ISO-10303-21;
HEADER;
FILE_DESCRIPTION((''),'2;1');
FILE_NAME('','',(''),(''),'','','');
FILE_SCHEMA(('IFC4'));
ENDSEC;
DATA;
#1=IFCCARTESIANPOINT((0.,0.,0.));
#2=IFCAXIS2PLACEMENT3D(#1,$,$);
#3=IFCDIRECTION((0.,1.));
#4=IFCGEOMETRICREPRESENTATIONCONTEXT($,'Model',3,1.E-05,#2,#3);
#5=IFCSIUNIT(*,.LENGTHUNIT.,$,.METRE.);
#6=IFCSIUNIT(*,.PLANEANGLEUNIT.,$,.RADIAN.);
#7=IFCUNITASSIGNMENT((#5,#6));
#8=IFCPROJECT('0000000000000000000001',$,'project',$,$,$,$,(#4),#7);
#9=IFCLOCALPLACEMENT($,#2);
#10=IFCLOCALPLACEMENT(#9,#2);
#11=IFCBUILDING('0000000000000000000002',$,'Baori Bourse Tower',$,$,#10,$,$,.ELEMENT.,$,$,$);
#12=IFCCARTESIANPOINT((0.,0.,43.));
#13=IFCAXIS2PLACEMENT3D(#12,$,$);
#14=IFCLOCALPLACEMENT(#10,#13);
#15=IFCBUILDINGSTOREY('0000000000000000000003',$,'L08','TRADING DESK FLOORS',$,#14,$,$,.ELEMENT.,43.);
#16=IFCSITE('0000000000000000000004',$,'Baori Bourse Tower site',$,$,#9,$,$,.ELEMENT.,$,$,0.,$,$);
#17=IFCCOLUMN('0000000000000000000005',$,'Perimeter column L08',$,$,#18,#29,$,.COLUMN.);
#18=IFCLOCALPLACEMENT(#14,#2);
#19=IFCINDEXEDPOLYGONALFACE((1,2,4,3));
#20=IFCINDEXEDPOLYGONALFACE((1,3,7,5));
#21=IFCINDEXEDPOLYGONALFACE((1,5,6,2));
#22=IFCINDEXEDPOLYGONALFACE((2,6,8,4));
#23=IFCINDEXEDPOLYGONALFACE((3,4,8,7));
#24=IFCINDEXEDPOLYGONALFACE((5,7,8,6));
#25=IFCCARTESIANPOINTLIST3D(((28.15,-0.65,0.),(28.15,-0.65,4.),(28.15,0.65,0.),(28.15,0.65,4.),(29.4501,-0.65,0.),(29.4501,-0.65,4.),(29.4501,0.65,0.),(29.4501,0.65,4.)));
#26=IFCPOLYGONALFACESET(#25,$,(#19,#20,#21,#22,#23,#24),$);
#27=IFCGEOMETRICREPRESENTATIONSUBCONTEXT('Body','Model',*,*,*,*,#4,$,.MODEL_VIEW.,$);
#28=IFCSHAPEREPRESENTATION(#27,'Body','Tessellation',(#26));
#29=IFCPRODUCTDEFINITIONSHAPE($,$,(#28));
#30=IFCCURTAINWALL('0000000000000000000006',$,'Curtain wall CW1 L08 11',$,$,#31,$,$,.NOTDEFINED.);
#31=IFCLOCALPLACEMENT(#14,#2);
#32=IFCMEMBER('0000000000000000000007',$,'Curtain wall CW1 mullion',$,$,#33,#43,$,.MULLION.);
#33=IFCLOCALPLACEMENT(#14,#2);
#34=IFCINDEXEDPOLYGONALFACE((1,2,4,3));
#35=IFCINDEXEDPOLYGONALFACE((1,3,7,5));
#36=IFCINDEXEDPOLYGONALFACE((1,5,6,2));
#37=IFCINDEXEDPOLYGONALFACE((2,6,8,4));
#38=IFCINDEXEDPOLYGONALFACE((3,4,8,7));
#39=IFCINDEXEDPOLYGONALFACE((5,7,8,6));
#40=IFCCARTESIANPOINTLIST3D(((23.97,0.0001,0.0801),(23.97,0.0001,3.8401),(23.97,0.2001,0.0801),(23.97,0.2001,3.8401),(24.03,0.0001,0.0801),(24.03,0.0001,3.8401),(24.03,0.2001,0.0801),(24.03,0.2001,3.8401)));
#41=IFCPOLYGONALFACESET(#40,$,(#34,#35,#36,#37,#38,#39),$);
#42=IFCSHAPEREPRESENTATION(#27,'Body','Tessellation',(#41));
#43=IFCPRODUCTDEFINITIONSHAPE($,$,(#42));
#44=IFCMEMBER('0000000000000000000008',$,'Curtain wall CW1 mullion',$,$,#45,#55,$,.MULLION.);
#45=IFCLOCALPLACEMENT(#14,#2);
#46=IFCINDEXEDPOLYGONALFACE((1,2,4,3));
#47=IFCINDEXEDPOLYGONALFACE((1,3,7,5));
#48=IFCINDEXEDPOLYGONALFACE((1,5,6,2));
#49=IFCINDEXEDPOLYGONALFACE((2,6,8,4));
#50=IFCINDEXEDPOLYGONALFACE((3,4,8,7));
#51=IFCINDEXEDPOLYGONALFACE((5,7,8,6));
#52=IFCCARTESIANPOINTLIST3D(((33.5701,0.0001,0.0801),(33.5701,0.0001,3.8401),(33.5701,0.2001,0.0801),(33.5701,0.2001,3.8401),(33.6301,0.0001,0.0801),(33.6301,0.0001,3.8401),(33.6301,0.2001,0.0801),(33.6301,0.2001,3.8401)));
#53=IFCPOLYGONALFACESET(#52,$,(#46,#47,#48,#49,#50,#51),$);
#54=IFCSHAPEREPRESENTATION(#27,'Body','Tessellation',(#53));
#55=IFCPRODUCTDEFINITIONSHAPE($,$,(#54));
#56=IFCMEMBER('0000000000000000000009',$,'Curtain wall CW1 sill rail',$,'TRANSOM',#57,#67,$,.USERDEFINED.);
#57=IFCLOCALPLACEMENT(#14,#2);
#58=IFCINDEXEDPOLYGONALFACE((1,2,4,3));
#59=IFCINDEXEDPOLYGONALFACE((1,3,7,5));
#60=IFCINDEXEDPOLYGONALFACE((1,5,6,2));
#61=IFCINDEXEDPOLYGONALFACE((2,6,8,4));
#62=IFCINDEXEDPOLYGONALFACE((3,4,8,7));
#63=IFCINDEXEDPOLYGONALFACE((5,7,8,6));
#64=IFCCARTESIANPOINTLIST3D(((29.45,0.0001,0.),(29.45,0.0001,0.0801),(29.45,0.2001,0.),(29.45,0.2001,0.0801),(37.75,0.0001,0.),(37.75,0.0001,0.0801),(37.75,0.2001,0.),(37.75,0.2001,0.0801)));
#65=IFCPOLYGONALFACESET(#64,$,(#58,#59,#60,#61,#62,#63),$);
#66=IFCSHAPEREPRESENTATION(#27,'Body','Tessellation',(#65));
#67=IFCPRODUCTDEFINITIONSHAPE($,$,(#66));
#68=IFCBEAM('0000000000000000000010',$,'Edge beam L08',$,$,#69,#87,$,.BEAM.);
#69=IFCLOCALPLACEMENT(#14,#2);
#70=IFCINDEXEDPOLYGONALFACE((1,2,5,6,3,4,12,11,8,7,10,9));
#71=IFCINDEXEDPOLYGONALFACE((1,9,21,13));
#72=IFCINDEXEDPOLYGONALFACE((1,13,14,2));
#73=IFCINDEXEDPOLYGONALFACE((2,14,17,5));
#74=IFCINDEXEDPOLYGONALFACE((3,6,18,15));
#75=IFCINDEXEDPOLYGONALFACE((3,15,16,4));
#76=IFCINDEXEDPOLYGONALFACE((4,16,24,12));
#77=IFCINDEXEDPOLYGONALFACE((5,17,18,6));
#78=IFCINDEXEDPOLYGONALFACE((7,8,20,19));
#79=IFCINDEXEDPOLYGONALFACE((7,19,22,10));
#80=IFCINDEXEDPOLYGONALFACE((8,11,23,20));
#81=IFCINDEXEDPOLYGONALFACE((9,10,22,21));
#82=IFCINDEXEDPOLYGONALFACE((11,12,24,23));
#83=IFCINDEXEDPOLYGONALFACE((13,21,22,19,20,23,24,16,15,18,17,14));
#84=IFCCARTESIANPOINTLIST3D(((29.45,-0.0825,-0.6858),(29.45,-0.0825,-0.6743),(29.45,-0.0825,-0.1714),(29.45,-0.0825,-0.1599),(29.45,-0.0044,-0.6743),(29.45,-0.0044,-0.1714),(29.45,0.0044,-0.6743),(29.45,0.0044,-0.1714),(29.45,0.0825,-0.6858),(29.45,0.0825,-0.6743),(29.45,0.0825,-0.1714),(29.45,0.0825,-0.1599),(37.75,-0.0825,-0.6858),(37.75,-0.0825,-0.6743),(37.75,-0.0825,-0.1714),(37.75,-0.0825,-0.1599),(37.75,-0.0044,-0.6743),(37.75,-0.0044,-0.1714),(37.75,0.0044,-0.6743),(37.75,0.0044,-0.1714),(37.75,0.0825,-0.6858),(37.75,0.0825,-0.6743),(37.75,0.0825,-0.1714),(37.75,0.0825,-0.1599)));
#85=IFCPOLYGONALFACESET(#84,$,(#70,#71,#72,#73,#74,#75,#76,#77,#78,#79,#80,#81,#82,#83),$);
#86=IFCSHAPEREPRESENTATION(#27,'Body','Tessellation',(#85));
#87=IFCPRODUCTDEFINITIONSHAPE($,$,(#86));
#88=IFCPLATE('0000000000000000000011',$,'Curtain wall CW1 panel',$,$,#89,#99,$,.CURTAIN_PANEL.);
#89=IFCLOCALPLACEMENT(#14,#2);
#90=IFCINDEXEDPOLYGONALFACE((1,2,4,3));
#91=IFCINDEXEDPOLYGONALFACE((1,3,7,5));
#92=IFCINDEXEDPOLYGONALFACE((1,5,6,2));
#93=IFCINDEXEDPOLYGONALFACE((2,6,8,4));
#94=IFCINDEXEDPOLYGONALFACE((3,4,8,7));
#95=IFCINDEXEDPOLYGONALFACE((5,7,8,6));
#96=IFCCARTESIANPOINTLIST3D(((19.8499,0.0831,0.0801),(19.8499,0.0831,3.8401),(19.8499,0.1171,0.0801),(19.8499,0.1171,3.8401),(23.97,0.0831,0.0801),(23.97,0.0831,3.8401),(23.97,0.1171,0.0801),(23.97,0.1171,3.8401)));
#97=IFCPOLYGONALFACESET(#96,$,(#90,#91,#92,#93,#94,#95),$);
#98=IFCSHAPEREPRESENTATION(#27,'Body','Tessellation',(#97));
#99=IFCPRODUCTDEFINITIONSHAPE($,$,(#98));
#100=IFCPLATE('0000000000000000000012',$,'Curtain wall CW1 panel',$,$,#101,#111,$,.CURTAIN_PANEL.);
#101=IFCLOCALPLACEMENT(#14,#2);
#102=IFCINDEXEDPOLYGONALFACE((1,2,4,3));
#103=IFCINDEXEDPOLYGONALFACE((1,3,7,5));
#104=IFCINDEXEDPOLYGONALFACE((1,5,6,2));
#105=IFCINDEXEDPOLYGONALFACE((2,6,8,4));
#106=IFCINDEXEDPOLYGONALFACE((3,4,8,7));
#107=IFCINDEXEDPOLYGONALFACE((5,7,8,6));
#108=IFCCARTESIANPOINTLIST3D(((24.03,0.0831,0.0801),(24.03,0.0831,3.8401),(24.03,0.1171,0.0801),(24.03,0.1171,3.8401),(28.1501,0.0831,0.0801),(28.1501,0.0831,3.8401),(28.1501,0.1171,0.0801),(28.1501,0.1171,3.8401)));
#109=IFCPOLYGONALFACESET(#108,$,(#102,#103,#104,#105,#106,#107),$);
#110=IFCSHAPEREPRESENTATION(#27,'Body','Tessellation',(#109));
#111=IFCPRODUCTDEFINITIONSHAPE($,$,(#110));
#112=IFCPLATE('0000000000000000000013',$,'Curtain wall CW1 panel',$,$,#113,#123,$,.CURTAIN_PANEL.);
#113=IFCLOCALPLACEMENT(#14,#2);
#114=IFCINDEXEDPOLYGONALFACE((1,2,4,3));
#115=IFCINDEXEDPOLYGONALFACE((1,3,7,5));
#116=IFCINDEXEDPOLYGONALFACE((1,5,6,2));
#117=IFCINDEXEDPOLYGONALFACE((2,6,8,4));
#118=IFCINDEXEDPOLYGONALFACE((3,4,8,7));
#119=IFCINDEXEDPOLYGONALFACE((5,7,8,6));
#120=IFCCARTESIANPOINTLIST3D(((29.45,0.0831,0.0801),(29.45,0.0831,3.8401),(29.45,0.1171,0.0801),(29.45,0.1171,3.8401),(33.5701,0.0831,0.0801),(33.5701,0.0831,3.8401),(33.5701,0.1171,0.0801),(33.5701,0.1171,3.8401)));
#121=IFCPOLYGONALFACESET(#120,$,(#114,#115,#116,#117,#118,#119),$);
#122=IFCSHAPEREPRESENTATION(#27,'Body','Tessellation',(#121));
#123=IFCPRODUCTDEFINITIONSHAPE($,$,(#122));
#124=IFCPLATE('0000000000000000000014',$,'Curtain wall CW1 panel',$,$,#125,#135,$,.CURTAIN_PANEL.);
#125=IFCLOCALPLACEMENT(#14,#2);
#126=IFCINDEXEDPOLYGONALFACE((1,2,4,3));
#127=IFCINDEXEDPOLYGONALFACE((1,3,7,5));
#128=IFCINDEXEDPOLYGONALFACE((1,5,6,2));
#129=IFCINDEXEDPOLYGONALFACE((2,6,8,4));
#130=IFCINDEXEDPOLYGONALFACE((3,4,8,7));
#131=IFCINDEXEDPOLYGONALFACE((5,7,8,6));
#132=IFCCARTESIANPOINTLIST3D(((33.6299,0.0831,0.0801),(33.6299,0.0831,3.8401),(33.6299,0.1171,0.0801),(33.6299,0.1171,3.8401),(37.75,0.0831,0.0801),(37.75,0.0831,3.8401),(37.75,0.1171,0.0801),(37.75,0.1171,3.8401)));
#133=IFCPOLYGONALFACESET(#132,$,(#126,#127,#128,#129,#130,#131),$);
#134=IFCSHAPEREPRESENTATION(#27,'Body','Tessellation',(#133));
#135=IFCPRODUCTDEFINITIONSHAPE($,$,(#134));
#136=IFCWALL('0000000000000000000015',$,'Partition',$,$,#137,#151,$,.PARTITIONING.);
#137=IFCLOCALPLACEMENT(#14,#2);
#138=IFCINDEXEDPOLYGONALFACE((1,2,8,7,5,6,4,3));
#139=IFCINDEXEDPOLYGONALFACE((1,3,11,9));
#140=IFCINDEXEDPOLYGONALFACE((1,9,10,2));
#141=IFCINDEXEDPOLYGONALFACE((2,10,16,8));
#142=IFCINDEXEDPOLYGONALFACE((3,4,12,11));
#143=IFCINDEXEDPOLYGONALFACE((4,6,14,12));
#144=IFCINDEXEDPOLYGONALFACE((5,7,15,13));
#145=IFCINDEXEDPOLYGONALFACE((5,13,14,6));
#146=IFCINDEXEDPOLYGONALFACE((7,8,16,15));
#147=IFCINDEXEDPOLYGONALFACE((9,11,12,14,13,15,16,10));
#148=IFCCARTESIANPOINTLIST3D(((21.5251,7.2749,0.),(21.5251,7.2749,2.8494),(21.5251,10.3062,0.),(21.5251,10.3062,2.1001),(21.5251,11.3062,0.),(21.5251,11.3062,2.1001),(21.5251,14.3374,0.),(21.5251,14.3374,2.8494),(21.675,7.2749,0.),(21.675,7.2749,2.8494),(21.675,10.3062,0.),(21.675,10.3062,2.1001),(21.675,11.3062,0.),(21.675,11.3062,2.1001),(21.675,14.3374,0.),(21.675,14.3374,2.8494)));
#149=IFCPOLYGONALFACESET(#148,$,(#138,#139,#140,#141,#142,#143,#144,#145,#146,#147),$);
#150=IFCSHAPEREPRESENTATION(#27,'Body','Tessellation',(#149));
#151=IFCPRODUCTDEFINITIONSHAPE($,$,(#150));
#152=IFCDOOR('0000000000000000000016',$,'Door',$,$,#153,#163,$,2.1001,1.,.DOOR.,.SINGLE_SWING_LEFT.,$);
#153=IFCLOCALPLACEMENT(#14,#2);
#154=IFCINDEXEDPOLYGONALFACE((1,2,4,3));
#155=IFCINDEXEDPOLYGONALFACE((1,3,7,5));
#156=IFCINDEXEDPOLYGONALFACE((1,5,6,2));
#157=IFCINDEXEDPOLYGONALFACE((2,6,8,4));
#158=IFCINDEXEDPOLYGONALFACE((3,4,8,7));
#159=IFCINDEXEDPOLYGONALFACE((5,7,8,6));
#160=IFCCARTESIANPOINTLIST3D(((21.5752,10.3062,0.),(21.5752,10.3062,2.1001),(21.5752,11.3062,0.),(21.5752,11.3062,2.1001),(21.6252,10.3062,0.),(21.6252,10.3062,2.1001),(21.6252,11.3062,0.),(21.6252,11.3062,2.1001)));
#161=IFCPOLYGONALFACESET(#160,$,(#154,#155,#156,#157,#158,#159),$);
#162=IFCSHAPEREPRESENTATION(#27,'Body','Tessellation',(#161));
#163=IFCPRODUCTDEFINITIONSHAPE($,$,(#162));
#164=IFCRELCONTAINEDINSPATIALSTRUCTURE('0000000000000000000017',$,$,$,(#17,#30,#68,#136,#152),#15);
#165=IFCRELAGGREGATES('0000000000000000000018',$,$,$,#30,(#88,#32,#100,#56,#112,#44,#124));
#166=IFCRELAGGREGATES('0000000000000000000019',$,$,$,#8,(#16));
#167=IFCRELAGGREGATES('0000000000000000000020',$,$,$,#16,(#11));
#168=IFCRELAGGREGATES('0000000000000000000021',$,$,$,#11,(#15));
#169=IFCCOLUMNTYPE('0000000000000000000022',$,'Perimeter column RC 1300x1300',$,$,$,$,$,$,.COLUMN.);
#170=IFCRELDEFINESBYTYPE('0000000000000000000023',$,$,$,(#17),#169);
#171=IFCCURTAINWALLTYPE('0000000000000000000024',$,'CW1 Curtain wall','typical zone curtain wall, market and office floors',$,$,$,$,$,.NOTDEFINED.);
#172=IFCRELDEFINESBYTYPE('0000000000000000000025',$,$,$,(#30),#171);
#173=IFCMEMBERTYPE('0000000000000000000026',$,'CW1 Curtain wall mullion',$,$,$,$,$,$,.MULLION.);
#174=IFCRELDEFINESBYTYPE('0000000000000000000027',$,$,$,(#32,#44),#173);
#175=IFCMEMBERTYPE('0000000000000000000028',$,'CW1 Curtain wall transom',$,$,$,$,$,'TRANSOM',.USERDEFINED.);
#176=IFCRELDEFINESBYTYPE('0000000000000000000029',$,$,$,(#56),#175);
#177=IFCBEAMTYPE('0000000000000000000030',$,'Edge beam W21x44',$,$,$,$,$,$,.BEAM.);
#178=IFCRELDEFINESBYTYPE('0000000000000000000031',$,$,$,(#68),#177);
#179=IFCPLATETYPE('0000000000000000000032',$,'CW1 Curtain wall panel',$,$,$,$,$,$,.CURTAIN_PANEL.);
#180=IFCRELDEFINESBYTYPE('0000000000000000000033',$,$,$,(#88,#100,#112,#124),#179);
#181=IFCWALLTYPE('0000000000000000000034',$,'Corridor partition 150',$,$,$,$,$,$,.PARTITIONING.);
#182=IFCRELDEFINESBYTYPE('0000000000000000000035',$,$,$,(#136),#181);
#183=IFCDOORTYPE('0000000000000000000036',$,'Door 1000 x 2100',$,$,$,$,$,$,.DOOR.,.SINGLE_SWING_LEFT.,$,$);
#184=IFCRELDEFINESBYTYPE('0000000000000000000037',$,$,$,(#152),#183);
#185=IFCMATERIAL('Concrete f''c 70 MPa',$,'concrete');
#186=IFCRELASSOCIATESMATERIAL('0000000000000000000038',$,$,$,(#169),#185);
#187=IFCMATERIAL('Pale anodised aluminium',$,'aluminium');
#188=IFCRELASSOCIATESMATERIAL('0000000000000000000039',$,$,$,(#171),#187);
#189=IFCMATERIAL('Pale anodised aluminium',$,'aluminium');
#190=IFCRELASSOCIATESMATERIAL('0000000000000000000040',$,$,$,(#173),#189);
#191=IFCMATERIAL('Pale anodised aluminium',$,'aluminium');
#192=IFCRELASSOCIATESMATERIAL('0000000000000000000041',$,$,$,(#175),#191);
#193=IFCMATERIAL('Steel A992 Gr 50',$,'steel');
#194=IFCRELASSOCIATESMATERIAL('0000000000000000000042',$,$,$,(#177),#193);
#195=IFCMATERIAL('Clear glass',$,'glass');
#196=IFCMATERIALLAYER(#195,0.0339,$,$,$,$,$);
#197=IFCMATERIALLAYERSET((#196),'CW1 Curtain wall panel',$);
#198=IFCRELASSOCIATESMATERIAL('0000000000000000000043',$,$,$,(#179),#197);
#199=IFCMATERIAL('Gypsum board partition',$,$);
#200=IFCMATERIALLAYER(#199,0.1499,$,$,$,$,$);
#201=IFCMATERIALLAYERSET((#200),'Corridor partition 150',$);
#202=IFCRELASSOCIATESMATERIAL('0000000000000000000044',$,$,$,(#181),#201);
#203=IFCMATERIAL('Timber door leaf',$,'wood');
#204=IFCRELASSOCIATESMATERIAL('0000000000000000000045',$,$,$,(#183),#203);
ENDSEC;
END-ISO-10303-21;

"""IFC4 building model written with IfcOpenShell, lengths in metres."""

from ifc_helpers import new_model, si_unit, direction, frame, frame_2d, origin, origin_2d, place, context, subcontext, project, spatial, rectangle, i_section, extrude, material, layer, layer_set, material_profile, profile_set, type_object, element, fill, aggregate, save


model = new_model("IFC4")

# Units and contexts
model_context = context("Model", 3, precision=1e-05, world=origin(), true_north=direction((0.0, 1.0)))
body_context = subcontext(model_context, "Body", "Model", "MODEL_VIEW")
ifc_project = project(units=[si_unit("LENGTHUNIT", "METRE"), si_unit("PLANEANGLEUNIT", "RADIAN")], contexts=[model_context])

# Site, building, storey
site_placement = place(None, origin())
site = spatial("IfcSite", under=ifc_project, at=site_placement, Name="Baori Bourse Tower site", CompositionType="ELEMENT", RefElevation=0.0)
building_placement = place(site_placement, origin())
building = spatial("IfcBuilding", under=site, at=building_placement, Name="Baori Bourse Tower", CompositionType="ELEMENT")
storey_placement = place(building_placement, frame((0.0, 0.0, 43.0)))
storey = spatial("IfcBuildingStorey", under=building, at=storey_placement, Name="L08", Description="TRADING DESK FLOORS", CompositionType="ELEMENT", Elevation=43.0)

# Column
ifc_material_1 = material(Name="Concrete f'c 70 MPa", Category="concrete")
ifc_material_profile_1 = material_profile(ifc_material_1, rectangle(XDim=1.3, YDim=1.3, at=origin_2d()), Name="RC 1300x1300")
ifc_profile_set_1 = profile_set([ifc_material_profile_1], Name="Concrete f'c 70 MPa")
column_type = type_object("IfcColumnType", Name="Perimeter column RC 1300x1300", PredefinedType="COLUMN", material=ifc_profile_set_1)
column_placement = place(storey_placement, frame((28.8, 0.0, 0.0), z_axis=(0.0, 0.0, 1.0), x_axis=(1.0, 0.0, 0.0)))
element("IfcColumn", 1, at=column_placement, inside=storey, type_object=column_type, Name="Perimeter column L08", PredefinedType="COLUMN", context=body_context, shape_type="SweptSolid", body=[
    extrude(rectangle(XDim=1.3, YDim=1.3, at=origin_2d()), origin(), (0.0, 0.0, 1.0), 4.0),
])

# Curtain wall, members
ifc_material_2 = material(Name="Pale anodised aluminium", Category="aluminium")
curtain_wall_type = type_object("IfcCurtainWallType", Name="CW1 Curtain wall", Description="typical zone curtain wall, market and office floors", PredefinedType="NOTDEFINED", material=ifc_material_2)
curtain_wall_placement = place(storey_placement, origin())
curtain_wall = element("IfcCurtainWall", 2, at=curtain_wall_placement, inside=storey, type_object=curtain_wall_type, Name="Curtain wall CW1 L08 11", PredefinedType="NOTDEFINED")
ifc_material_3 = material(Name="Pale anodised aluminium", Category="aluminium")
ifc_material_profile_2 = material_profile(ifc_material_3, rectangle(XDim=0.2, YDim=0.0601, at=origin_2d()), Name="Mullion 60x200")
ifc_profile_set_2 = profile_set([ifc_material_profile_2], Name="Pale anodised aluminium")
member_type_1 = type_object("IfcMemberType", Name="CW1 Curtain wall mullion", PredefinedType="MULLION", material=ifc_profile_set_2)
member_1_placement = place(storey_placement, frame((24.0, 0.1001, 0.0801), z_axis=(0.0, 0.0, 1.0), x_axis=(0.0, 1.0, 0.0)))
member_1 = element("IfcMember", 3, at=member_1_placement, type_object=member_type_1, Name="Curtain wall CW1 mullion", PredefinedType="MULLION", context=body_context, shape_type="SweptSolid", body=[
    extrude(rectangle(XDim=0.2, YDim=0.0601, at=origin_2d()), origin(), (0.0, 0.0, 1.0), 3.76),
])
member_2_placement = place(storey_placement, frame((33.6001, 0.1001, 0.0801), z_axis=(0.0, 0.0, 1.0), x_axis=(0.0, 1.0, 0.0)))
member_2 = element("IfcMember", 4, at=member_2_placement, type_object=member_type_1, Name="Curtain wall CW1 mullion", PredefinedType="MULLION", context=body_context, shape_type="SweptSolid", body=[
    extrude(rectangle(XDim=0.2, YDim=0.0601, at=origin_2d()), origin(), (0.0, 0.0, 1.0), 3.76),
])
ifc_material_4 = material(Name="Pale anodised aluminium", Category="aluminium")
ifc_material_profile_3 = material_profile(ifc_material_4, rectangle(XDim=0.2, YDim=0.0801, at=origin_2d()), Name="Transom 80x200")
ifc_profile_set_3 = profile_set([ifc_material_profile_3], Name="Pale anodised aluminium")
member_type_2 = type_object("IfcMemberType", Name="CW1 Curtain wall transom", ElementType="TRANSOM", PredefinedType="USERDEFINED", material=ifc_profile_set_3)
member_3_placement = place(storey_placement, frame((29.45, 0.1001, 0.04), z_axis=(1.0, 0.0, 0.0), x_axis=(0.0, 1.0, 0.0)))
member_3 = element("IfcMember", 5, at=member_3_placement, type_object=member_type_2, Name="Curtain wall CW1 sill rail", ObjectType="TRANSOM", PredefinedType="USERDEFINED", context=body_context, shape_type="SweptSolid", body=[
    extrude(rectangle(XDim=0.2, YDim=0.0801, at=origin_2d()), origin(), (0.0, 0.0, 1.0), 8.3),
])

# Beam
ifc_material_5 = material(Name="Steel A992 Gr 50", Category="steel")
ifc_material_profile_4 = material_profile(ifc_material_5, i_section(OverallWidth=0.165, OverallDepth=0.5259, WebThickness=0.0088, FlangeThickness=0.0115, at=origin_2d()), Name="W21x44")
ifc_profile_set_4 = profile_set([ifc_material_profile_4], Name="Steel A992 Gr 50")
beam_type = type_object("IfcBeamType", Name="Edge beam W21x44", PredefinedType="BEAM", material=ifc_profile_set_4)
beam_placement = place(storey_placement, frame((29.45, 0.0, -0.4229), z_axis=(1.0, 0.0, 0.0), x_axis=(0.0, 1.0, 0.0)))
element("IfcBeam", 6, at=beam_placement, inside=storey, type_object=beam_type, Name="Edge beam L08", PredefinedType="BEAM", context=body_context, shape_type="SweptSolid", body=[
    extrude(i_section(OverallWidth=0.165, OverallDepth=0.5259, WebThickness=0.0088, FlangeThickness=0.0115, at=origin_2d()), origin(), (0.0, 0.0, 1.0), 8.3),
])

# Plates
ifc_material_6 = material(Name="Clear glass", Category="glass")
ifc_layer_1 = layer(ifc_material_6, 0.0339)
ifc_layer_set_1 = layer_set([ifc_layer_1], Name="CW1 Curtain wall panel")
plate_type = type_object("IfcPlateType", Name="CW1 Curtain wall panel", PredefinedType="CURTAIN_PANEL", material=ifc_layer_set_1)
plate_1_placement = place(storey_placement, frame((21.9099, 0.1001, 0.0801), z_axis=(0.0, 0.0, 1.0), x_axis=(1.0, 0.0, 0.0)))
plate_1 = element("IfcPlate", 7, at=plate_1_placement, type_object=plate_type, Name="Curtain wall CW1 panel", PredefinedType="CURTAIN_PANEL", context=body_context, shape_type="SweptSolid", body=[
    extrude(rectangle(XDim=4.1201, YDim=0.0339, at=origin_2d()), origin(), (0.0, 0.0, 1.0), 3.76),
])
plate_2_placement = place(storey_placement, frame((26.0901, 0.1001, 0.0801), z_axis=(0.0, 0.0, 1.0), x_axis=(1.0, 0.0, 0.0)))
plate_2 = element("IfcPlate", 8, at=plate_2_placement, type_object=plate_type, Name="Curtain wall CW1 panel", PredefinedType="CURTAIN_PANEL", context=body_context, shape_type="SweptSolid", body=[
    extrude(rectangle(XDim=4.1201, YDim=0.0339, at=origin_2d()), origin(), (0.0, 0.0, 1.0), 3.76),
])
plate_3_placement = place(storey_placement, frame((31.51, 0.1001, 0.0801), z_axis=(0.0, 0.0, 1.0), x_axis=(1.0, 0.0, 0.0)))
plate_3 = element("IfcPlate", 9, at=plate_3_placement, type_object=plate_type, Name="Curtain wall CW1 panel", PredefinedType="CURTAIN_PANEL", context=body_context, shape_type="SweptSolid", body=[
    extrude(rectangle(XDim=4.1201, YDim=0.0339, at=origin_2d()), origin(), (0.0, 0.0, 1.0), 3.76),
])
plate_4_placement = place(storey_placement, frame((35.6899, 0.1001, 0.0801), z_axis=(0.0, 0.0, 1.0), x_axis=(1.0, 0.0, 0.0)))
plate_4 = element("IfcPlate", 10, at=plate_4_placement, type_object=plate_type, Name="Curtain wall CW1 panel", PredefinedType="CURTAIN_PANEL", context=body_context, shape_type="SweptSolid", body=[
    extrude(rectangle(XDim=4.1201, YDim=0.0339, at=origin_2d()), origin(), (0.0, 0.0, 1.0), 3.76),
])
aggregate(curtain_wall, [plate_1, member_1, plate_2, member_3, plate_3, member_2, plate_4])

# Wall, opening, door
ifc_material_7 = material(Name="Gypsum board partition")
ifc_layer_2 = layer(ifc_material_7, 0.1499)
ifc_layer_set_2 = layer_set([ifc_layer_2], Name="Corridor partition 150")
wall_type_1 = type_object("IfcWallType", Name="Corridor partition 150", PredefinedType="PARTITIONING", material=ifc_layer_set_2)
wall_1_placement = place(storey_placement, frame((21.6001, 7.2749, 0.0), z_axis=(0.0, 0.0, 1.0), x_axis=(0.0, 1.0, 0.0)))
wall_1 = element("IfcWall", 11, at=wall_1_placement, inside=storey, type_object=wall_type_1, Name="Partition", PredefinedType="PARTITIONING", context=body_context, shape_type="SweptSolid", body=[
    extrude(rectangle(XDim=7.0625, YDim=0.1499, at=frame_2d((3.5312, 0.0))), origin(), (0.0, 0.0, 1.0), 2.8494),
])
opening_1_placement = place(wall_1_placement, frame((3.0312, 0.0, 0.0)))
opening_1 = element("IfcOpeningElement", 12, at=opening_1_placement, cuts=wall_1, PredefinedType="OPENING", context=body_context, shape_type="SweptSolid", body=[
    extrude(rectangle(XDim=1.0, YDim=2.1001, at=frame_2d((0.5, 1.05))), frame((0.0, 0.085, 0.0), z_axis=(0.0, -1.0, 0.0), x_axis=(1.0, 0.0, 0.0)), (0.0, 0.0, 1.0), 0.1699),
])
ifc_material_8 = material(Name="Timber door leaf", Category="wood")
door_type = type_object("IfcDoorType", Name="Door 1000 x 2100", OperationType="SINGLE_SWING_LEFT", PredefinedType="DOOR", material=ifc_material_8)
door_1_placement = place(opening_1_placement, origin())
door_1 = element("IfcDoor", 13, at=door_1_placement, inside=storey, type_object=door_type, Name="Door", OperationType="SINGLE_SWING_LEFT", OverallHeight=2.1001, OverallWidth=1.0, PredefinedType="DOOR", context=body_context, shape_type="SweptSolid", body=[
    extrude(rectangle(XDim=1.0, YDim=2.1001, at=frame_2d((0.5, 1.05))), frame((0.0, 0.0249, 0.0), z_axis=(0.0, -1.0, 0.0), x_axis=(1.0, 0.0, 0.0)), (0.0, 0.0, 1.0), 0.05),
])
fill(opening_1, door_1)

save(model, "model.ifc")
